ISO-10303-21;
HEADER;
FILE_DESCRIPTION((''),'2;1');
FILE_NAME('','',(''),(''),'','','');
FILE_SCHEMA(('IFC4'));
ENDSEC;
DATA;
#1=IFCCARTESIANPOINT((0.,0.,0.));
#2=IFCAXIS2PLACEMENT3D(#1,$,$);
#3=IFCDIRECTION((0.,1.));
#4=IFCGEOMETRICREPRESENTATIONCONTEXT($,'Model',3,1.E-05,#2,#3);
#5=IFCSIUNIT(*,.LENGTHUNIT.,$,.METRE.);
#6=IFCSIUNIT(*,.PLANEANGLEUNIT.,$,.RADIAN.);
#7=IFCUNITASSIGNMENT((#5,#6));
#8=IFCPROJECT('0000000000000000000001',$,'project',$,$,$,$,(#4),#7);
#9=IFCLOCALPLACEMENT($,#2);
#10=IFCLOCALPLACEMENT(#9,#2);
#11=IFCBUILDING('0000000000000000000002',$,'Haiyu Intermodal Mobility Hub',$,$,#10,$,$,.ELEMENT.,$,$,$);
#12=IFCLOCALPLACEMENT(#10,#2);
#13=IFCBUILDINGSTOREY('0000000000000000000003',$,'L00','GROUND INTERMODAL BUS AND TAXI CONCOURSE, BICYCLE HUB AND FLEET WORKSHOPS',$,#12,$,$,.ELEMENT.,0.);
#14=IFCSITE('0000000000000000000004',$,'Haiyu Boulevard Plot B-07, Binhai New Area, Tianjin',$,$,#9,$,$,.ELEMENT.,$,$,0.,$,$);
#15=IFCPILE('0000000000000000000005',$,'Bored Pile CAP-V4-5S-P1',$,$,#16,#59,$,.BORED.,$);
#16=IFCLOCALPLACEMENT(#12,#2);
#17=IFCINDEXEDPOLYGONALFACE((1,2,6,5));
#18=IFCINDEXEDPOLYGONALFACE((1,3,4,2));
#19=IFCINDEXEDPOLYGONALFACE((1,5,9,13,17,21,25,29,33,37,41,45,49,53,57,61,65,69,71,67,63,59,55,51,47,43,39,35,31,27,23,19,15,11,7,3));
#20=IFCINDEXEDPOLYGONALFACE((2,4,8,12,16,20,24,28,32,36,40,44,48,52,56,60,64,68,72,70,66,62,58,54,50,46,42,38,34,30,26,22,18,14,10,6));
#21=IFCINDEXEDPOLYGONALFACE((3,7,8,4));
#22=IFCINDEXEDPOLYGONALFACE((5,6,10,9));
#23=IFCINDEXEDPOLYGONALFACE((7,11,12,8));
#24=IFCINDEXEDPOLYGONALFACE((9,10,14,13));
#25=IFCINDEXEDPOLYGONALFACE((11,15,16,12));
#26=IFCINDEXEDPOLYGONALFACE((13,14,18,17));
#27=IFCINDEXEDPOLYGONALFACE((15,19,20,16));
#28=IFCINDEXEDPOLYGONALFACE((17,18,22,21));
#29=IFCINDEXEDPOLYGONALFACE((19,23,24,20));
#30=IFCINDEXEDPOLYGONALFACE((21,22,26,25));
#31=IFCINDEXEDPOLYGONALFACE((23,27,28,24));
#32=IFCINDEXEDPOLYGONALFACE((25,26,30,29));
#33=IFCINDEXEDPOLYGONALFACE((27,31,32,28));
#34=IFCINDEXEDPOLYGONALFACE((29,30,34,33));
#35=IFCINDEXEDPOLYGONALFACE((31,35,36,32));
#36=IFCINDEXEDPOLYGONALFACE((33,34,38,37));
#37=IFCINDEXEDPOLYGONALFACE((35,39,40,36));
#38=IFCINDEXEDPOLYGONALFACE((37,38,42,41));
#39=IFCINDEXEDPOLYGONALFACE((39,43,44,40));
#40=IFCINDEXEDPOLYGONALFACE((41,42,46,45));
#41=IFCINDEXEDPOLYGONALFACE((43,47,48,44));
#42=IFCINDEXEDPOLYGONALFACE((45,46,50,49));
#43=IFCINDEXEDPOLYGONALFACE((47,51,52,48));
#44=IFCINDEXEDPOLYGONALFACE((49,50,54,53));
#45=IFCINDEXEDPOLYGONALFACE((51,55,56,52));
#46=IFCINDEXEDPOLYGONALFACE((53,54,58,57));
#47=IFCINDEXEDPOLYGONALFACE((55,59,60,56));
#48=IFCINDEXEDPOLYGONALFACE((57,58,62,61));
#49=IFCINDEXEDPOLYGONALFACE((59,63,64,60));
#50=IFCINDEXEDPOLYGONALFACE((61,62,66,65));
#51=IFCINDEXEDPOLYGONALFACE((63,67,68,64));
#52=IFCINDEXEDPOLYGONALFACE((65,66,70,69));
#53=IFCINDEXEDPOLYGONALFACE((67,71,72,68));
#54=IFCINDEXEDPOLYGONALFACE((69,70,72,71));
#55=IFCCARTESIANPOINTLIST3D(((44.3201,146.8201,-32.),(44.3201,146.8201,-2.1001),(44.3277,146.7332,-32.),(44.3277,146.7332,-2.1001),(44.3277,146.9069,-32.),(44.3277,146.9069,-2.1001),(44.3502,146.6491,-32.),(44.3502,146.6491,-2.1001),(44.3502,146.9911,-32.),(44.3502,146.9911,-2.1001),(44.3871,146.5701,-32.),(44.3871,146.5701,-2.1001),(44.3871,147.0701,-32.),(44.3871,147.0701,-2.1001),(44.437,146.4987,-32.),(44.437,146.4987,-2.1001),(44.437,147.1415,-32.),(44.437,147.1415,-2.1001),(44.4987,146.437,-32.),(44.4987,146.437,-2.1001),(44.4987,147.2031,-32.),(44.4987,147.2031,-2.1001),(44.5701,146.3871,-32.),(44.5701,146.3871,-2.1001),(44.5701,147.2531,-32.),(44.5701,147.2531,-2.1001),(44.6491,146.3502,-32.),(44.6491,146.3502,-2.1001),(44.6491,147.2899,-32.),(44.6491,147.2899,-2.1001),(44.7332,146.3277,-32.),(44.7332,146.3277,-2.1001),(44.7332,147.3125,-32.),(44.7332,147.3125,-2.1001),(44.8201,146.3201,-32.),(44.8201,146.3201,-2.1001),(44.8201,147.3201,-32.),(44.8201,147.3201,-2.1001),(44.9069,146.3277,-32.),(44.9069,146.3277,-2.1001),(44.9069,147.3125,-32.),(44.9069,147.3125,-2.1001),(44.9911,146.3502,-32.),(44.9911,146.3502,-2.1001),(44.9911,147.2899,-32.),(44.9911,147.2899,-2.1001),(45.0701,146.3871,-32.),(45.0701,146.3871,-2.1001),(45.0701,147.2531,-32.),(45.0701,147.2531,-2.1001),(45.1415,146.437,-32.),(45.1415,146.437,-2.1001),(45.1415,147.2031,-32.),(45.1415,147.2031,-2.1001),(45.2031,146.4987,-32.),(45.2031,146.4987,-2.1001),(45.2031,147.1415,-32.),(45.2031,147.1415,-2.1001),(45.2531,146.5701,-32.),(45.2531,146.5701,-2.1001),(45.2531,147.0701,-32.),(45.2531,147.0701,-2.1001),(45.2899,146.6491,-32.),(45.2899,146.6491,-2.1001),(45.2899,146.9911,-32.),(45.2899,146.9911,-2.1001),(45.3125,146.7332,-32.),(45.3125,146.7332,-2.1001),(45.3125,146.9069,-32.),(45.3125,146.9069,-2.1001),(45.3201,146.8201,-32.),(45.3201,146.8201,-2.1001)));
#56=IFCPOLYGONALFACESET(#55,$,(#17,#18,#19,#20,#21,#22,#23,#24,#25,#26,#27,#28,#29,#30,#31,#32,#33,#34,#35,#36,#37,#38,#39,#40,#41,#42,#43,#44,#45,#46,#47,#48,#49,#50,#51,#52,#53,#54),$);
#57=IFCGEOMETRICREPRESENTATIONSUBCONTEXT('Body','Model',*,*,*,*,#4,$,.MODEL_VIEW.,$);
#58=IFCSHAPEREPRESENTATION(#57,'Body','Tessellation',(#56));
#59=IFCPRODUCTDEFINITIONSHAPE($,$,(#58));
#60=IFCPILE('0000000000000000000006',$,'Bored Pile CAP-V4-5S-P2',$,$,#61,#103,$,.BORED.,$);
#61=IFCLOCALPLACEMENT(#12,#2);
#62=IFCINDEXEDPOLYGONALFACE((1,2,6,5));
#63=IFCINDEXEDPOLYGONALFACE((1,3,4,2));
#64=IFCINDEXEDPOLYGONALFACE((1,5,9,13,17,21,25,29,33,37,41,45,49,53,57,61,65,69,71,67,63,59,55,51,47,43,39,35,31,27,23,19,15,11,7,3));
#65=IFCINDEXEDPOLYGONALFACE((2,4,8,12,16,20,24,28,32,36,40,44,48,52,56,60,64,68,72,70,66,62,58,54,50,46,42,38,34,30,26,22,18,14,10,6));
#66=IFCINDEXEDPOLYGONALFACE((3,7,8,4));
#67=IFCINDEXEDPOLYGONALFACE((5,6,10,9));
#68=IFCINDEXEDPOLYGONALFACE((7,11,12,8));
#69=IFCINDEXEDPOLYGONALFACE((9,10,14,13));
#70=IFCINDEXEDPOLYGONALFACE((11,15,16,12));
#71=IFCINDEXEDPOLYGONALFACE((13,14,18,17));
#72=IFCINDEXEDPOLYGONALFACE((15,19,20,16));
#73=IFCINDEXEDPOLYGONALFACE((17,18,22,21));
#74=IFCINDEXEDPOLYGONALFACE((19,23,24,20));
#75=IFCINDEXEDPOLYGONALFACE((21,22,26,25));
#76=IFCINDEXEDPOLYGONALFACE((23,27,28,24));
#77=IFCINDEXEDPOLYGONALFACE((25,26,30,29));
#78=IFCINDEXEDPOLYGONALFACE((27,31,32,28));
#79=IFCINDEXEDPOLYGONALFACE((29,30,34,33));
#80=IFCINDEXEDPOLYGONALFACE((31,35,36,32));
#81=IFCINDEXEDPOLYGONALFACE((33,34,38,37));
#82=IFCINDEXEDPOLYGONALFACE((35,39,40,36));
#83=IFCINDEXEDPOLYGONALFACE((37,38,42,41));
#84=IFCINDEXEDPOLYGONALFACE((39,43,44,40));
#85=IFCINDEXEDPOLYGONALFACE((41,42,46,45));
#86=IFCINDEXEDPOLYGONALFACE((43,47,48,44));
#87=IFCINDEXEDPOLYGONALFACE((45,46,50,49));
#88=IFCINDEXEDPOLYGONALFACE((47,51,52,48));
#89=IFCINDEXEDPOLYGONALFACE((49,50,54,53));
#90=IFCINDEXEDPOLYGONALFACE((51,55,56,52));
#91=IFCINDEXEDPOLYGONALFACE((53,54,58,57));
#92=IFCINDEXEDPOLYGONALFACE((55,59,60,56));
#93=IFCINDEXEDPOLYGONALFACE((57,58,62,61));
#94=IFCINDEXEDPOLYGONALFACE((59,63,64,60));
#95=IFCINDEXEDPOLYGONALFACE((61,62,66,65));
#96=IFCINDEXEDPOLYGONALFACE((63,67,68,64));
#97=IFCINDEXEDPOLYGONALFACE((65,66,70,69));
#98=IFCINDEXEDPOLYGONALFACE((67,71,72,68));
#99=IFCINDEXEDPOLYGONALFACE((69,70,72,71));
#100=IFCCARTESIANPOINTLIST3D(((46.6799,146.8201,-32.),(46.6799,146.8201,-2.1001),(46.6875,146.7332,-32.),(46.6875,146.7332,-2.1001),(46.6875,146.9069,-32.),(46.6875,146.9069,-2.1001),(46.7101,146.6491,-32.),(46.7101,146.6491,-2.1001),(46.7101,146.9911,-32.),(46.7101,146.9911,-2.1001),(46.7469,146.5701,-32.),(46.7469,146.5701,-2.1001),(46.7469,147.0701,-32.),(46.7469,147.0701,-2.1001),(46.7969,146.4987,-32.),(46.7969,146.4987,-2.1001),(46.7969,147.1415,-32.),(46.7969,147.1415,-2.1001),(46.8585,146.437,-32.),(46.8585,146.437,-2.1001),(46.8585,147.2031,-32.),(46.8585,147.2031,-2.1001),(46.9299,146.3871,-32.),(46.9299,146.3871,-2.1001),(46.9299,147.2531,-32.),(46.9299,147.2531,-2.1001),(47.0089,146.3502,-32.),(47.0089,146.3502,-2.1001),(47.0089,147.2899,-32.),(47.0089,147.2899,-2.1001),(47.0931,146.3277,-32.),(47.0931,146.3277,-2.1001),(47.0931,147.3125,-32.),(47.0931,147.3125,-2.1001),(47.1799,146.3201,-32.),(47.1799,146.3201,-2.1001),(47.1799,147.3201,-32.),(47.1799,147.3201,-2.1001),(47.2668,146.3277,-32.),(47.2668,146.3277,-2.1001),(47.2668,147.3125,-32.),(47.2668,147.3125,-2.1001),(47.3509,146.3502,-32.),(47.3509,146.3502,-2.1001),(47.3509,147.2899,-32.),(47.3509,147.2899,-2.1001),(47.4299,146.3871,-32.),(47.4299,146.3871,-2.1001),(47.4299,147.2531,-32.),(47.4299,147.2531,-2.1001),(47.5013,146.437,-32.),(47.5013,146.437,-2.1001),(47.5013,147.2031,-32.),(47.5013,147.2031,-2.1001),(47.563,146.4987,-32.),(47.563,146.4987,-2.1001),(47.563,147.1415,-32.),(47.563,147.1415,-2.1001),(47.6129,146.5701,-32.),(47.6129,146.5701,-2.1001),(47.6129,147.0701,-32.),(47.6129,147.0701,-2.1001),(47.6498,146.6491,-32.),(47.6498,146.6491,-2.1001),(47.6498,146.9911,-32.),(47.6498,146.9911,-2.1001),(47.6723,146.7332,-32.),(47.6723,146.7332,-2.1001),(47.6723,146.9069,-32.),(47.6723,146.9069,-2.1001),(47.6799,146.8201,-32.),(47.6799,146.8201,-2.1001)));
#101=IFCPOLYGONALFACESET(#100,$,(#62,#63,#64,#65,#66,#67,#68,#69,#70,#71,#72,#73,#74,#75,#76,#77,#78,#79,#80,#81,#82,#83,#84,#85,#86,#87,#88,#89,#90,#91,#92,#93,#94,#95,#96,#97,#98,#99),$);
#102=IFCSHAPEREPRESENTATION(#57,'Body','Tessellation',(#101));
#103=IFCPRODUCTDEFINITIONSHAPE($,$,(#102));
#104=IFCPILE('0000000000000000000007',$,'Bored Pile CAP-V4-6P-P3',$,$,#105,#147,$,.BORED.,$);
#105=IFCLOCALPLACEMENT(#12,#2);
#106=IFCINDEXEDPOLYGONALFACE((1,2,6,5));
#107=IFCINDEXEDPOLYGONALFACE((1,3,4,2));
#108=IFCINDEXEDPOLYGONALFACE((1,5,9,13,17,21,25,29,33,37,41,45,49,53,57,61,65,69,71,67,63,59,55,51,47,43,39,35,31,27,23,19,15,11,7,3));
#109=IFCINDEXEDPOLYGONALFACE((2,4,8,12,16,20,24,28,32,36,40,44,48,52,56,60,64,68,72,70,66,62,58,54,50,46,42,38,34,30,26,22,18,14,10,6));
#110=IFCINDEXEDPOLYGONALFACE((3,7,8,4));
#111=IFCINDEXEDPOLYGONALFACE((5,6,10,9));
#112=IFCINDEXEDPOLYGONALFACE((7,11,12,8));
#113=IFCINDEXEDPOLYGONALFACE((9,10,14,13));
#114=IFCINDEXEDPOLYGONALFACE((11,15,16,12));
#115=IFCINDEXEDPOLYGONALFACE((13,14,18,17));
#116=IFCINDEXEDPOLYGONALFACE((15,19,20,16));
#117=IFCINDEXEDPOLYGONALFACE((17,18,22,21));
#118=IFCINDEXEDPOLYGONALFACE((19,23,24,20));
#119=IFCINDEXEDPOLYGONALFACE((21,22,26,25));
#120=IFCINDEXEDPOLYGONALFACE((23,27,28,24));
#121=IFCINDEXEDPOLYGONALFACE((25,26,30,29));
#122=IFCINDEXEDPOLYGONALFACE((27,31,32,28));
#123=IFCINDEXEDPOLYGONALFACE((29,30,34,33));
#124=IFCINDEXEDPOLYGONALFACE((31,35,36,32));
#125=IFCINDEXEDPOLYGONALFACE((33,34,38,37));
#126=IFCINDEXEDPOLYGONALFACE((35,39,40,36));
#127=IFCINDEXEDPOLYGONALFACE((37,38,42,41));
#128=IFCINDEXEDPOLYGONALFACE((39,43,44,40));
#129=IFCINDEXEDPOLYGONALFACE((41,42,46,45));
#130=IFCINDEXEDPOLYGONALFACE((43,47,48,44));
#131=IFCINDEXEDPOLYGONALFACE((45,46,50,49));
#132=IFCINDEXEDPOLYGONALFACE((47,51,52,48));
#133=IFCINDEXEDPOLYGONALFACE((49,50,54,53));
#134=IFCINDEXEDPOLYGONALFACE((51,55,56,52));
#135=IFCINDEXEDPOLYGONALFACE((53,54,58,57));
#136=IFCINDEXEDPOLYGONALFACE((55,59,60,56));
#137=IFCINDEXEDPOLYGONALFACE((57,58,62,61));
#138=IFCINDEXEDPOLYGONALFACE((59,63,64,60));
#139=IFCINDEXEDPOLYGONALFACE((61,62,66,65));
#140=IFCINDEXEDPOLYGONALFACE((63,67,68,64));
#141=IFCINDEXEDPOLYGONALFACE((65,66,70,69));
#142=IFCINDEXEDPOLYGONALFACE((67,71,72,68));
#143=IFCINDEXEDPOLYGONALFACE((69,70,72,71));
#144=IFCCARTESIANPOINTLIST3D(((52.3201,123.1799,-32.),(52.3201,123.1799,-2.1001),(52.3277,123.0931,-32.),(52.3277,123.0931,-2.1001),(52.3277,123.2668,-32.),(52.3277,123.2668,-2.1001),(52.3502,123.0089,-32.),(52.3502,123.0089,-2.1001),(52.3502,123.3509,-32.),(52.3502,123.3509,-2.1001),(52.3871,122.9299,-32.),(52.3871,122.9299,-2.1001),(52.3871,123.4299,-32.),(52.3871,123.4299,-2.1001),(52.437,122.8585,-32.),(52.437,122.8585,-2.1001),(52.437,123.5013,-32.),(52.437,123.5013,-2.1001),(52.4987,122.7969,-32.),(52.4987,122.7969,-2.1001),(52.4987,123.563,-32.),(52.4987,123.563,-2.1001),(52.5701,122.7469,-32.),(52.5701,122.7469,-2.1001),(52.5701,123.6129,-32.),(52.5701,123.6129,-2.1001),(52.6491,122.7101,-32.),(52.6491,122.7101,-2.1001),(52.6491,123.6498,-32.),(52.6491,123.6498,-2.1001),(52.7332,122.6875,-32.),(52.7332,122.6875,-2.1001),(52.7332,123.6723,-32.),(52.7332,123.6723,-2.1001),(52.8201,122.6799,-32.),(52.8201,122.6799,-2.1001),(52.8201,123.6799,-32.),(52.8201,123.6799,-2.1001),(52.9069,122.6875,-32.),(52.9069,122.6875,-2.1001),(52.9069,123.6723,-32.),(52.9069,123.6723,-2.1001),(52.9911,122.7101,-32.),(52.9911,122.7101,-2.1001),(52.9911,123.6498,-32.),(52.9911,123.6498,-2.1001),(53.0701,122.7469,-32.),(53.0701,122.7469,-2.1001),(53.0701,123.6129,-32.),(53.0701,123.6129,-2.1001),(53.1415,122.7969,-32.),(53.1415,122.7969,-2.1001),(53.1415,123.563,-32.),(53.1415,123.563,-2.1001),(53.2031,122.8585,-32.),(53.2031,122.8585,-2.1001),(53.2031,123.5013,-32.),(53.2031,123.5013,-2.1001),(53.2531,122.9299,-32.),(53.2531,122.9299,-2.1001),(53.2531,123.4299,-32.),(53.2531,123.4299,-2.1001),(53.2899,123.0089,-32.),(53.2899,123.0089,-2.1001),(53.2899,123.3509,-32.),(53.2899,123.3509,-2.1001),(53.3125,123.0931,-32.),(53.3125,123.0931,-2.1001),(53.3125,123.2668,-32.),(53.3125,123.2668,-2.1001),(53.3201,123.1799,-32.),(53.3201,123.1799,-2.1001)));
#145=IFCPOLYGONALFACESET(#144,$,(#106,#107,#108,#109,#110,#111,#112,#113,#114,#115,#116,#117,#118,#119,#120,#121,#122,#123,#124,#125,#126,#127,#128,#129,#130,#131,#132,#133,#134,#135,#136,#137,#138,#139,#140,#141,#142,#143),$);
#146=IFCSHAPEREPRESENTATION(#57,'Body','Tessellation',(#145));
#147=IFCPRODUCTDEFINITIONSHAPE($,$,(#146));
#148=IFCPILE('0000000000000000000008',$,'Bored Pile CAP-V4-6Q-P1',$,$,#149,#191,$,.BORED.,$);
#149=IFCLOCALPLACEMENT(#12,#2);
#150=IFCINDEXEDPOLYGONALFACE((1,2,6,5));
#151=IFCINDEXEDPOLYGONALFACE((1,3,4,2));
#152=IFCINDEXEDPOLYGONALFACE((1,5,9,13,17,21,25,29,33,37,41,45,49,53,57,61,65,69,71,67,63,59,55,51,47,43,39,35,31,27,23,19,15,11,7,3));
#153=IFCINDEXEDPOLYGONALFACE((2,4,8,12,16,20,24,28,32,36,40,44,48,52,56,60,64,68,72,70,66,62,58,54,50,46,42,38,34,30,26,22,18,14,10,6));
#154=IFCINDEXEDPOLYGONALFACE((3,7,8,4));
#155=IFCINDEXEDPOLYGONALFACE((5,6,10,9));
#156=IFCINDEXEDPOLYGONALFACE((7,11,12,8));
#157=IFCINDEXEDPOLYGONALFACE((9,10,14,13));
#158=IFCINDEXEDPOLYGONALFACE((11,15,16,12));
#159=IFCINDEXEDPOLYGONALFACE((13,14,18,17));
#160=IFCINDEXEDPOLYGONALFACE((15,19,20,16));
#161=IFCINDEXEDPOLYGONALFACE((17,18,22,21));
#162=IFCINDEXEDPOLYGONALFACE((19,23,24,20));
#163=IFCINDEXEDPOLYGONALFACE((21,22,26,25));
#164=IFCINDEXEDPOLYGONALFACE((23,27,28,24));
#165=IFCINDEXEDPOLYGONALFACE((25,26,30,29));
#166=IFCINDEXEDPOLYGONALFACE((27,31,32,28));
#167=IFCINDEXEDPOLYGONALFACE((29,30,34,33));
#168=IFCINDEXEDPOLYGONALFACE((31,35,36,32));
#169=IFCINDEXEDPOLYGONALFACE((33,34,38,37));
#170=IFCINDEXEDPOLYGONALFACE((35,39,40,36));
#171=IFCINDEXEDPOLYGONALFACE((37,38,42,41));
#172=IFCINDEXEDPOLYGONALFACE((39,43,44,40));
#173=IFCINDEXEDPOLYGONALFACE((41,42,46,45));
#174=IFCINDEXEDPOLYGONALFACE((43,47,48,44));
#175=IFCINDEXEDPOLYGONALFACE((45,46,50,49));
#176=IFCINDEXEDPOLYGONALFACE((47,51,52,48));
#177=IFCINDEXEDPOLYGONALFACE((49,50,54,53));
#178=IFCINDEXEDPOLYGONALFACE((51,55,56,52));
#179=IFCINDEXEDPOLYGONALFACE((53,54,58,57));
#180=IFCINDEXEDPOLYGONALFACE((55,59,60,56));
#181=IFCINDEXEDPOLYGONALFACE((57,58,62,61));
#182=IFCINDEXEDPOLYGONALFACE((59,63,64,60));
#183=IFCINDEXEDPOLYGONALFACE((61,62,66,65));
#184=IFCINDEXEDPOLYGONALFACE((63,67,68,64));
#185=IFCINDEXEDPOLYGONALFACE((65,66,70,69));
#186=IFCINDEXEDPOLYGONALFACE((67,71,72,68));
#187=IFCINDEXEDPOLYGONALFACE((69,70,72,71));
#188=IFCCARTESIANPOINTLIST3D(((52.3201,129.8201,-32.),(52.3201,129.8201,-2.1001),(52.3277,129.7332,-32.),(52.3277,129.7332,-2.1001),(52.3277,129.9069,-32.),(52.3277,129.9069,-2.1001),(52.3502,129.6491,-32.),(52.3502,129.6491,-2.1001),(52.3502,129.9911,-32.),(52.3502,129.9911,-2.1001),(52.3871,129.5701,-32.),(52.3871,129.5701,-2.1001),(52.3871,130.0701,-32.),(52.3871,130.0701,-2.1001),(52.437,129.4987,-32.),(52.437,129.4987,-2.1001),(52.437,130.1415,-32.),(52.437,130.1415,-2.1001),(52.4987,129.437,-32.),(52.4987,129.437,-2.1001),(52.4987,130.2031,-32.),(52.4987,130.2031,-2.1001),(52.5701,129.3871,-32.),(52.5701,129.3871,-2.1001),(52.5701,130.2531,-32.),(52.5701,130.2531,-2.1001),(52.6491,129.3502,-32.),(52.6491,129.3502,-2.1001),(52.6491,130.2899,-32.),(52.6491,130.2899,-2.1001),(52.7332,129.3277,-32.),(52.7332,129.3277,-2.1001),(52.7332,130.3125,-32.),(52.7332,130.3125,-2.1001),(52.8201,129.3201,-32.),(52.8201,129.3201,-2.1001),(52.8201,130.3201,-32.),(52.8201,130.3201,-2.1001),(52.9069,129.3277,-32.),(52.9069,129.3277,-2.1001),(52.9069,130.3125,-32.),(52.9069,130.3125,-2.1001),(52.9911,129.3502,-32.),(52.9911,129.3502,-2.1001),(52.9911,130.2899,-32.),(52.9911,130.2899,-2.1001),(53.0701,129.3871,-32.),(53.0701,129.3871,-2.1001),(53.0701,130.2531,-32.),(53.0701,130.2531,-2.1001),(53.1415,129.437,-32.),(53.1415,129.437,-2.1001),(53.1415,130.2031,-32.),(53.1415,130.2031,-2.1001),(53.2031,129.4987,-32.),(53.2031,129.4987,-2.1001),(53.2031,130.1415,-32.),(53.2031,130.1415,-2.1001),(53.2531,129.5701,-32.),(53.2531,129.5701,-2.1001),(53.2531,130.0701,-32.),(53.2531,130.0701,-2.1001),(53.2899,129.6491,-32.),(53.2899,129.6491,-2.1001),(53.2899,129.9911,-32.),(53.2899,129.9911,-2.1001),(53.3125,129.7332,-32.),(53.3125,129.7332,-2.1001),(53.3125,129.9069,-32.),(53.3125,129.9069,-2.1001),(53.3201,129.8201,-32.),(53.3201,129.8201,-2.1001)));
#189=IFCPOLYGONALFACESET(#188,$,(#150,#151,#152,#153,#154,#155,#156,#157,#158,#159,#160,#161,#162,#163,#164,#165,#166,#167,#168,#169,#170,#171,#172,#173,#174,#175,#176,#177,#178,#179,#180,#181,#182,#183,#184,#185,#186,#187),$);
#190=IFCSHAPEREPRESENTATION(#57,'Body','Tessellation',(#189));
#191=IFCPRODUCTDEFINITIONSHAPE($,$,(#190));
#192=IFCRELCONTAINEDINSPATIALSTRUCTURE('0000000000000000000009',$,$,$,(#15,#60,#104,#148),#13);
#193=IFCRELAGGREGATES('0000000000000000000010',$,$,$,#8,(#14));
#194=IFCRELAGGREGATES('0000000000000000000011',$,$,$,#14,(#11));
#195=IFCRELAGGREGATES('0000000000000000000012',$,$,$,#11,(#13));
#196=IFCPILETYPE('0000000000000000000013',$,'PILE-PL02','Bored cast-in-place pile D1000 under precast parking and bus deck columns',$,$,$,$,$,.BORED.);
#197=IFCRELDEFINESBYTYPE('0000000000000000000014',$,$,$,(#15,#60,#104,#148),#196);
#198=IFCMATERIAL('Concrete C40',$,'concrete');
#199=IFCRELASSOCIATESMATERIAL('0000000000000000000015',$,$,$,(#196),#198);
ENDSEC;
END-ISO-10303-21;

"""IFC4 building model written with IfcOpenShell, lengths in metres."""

from ifc_helpers import new_model, si_unit, direction, frame, origin, origin_2d, place, context, subcontext, project, spatial, circle, extrude, material, material_profile, profile_set, type_object, element, save


model = new_model("IFC4")

# Units and contexts
model_context = context("Model", 3, precision=1e-05, world=origin(), true_north=direction((0.0, 1.0)))
body_context = subcontext(model_context, "Body", "Model", "MODEL_VIEW")
ifc_project = project(units=[si_unit("LENGTHUNIT", "METRE"), si_unit("PLANEANGLEUNIT", "RADIAN")], contexts=[model_context])

# Site, building, storey
site_placement = place(None, origin())
site = spatial("IfcSite", under=ifc_project, at=site_placement, Name="Haiyu Boulevard Plot B-07, Binhai New Area, Tianjin", CompositionType="ELEMENT", RefElevation=0.0)
building_placement = place(site_placement, origin())
building = spatial("IfcBuilding", under=site, at=building_placement, Name="Haiyu Intermodal Mobility Hub", CompositionType="ELEMENT")
storey_placement = place(building_placement, origin())
storey = spatial("IfcBuildingStorey", under=building, at=storey_placement, Name="L00", Description="GROUND INTERMODAL BUS AND TAXI CONCOURSE, BICYCLE HUB AND FLEET WORKSHOPS", CompositionType="ELEMENT", Elevation=0.0)

# Shared definitions
ifc_material_1 = material(Name="Concrete C40", Category="concrete")

# Piles
ifc_material_profile_1 = material_profile(ifc_material_1, circle(Radius=0.5, at=origin_2d()), Name="PILE-D1000")
ifc_profile_set_1 = profile_set([ifc_material_profile_1], Name="Concrete C40")
pile_type = type_object("IfcPileType", Name="PILE-PL02", Description="Bored cast-in-place pile D1000 under precast parking and bus deck columns", PredefinedType="BORED", material=ifc_profile_set_1)
for number, where, z_axis, x_axis, name in (
    (1, (44.8201, 146.8201, -2.1001), (0.0, 0.0, -1.0), (1.0, 0.0, 0.0), "Bored Pile CAP-V4-5S-P1"),
    (2, (47.1799, 146.8201, -2.1001), (0.0, 0.0, -1.0), (1.0, 0.0, 0.0), "Bored Pile CAP-V4-5S-P2"),
    (3, (52.8201, 123.1799, -2.1001), (0.0, 0.0, -1.0), (1.0, 0.0, 0.0), "Bored Pile CAP-V4-6P-P3"),
    (4, (52.8201, 129.8201, -2.1001), (0.0, 0.0, -1.0), (1.0, 0.0, 0.0), "Bored Pile CAP-V4-6Q-P1"),
):
    element("IfcPile", number, at=place(storey_placement, frame(where, z_axis=z_axis, x_axis=x_axis)), inside=storey, type_object=pile_type, Name=name, PredefinedType="BORED", context=body_context, shape_type="SweptSolid", body=[
        extrude(circle(Radius=0.5, at=origin_2d()), origin(), (0.0, 0.0, 1.0), 29.8999),
    ])

save(model, "model.ifc")
